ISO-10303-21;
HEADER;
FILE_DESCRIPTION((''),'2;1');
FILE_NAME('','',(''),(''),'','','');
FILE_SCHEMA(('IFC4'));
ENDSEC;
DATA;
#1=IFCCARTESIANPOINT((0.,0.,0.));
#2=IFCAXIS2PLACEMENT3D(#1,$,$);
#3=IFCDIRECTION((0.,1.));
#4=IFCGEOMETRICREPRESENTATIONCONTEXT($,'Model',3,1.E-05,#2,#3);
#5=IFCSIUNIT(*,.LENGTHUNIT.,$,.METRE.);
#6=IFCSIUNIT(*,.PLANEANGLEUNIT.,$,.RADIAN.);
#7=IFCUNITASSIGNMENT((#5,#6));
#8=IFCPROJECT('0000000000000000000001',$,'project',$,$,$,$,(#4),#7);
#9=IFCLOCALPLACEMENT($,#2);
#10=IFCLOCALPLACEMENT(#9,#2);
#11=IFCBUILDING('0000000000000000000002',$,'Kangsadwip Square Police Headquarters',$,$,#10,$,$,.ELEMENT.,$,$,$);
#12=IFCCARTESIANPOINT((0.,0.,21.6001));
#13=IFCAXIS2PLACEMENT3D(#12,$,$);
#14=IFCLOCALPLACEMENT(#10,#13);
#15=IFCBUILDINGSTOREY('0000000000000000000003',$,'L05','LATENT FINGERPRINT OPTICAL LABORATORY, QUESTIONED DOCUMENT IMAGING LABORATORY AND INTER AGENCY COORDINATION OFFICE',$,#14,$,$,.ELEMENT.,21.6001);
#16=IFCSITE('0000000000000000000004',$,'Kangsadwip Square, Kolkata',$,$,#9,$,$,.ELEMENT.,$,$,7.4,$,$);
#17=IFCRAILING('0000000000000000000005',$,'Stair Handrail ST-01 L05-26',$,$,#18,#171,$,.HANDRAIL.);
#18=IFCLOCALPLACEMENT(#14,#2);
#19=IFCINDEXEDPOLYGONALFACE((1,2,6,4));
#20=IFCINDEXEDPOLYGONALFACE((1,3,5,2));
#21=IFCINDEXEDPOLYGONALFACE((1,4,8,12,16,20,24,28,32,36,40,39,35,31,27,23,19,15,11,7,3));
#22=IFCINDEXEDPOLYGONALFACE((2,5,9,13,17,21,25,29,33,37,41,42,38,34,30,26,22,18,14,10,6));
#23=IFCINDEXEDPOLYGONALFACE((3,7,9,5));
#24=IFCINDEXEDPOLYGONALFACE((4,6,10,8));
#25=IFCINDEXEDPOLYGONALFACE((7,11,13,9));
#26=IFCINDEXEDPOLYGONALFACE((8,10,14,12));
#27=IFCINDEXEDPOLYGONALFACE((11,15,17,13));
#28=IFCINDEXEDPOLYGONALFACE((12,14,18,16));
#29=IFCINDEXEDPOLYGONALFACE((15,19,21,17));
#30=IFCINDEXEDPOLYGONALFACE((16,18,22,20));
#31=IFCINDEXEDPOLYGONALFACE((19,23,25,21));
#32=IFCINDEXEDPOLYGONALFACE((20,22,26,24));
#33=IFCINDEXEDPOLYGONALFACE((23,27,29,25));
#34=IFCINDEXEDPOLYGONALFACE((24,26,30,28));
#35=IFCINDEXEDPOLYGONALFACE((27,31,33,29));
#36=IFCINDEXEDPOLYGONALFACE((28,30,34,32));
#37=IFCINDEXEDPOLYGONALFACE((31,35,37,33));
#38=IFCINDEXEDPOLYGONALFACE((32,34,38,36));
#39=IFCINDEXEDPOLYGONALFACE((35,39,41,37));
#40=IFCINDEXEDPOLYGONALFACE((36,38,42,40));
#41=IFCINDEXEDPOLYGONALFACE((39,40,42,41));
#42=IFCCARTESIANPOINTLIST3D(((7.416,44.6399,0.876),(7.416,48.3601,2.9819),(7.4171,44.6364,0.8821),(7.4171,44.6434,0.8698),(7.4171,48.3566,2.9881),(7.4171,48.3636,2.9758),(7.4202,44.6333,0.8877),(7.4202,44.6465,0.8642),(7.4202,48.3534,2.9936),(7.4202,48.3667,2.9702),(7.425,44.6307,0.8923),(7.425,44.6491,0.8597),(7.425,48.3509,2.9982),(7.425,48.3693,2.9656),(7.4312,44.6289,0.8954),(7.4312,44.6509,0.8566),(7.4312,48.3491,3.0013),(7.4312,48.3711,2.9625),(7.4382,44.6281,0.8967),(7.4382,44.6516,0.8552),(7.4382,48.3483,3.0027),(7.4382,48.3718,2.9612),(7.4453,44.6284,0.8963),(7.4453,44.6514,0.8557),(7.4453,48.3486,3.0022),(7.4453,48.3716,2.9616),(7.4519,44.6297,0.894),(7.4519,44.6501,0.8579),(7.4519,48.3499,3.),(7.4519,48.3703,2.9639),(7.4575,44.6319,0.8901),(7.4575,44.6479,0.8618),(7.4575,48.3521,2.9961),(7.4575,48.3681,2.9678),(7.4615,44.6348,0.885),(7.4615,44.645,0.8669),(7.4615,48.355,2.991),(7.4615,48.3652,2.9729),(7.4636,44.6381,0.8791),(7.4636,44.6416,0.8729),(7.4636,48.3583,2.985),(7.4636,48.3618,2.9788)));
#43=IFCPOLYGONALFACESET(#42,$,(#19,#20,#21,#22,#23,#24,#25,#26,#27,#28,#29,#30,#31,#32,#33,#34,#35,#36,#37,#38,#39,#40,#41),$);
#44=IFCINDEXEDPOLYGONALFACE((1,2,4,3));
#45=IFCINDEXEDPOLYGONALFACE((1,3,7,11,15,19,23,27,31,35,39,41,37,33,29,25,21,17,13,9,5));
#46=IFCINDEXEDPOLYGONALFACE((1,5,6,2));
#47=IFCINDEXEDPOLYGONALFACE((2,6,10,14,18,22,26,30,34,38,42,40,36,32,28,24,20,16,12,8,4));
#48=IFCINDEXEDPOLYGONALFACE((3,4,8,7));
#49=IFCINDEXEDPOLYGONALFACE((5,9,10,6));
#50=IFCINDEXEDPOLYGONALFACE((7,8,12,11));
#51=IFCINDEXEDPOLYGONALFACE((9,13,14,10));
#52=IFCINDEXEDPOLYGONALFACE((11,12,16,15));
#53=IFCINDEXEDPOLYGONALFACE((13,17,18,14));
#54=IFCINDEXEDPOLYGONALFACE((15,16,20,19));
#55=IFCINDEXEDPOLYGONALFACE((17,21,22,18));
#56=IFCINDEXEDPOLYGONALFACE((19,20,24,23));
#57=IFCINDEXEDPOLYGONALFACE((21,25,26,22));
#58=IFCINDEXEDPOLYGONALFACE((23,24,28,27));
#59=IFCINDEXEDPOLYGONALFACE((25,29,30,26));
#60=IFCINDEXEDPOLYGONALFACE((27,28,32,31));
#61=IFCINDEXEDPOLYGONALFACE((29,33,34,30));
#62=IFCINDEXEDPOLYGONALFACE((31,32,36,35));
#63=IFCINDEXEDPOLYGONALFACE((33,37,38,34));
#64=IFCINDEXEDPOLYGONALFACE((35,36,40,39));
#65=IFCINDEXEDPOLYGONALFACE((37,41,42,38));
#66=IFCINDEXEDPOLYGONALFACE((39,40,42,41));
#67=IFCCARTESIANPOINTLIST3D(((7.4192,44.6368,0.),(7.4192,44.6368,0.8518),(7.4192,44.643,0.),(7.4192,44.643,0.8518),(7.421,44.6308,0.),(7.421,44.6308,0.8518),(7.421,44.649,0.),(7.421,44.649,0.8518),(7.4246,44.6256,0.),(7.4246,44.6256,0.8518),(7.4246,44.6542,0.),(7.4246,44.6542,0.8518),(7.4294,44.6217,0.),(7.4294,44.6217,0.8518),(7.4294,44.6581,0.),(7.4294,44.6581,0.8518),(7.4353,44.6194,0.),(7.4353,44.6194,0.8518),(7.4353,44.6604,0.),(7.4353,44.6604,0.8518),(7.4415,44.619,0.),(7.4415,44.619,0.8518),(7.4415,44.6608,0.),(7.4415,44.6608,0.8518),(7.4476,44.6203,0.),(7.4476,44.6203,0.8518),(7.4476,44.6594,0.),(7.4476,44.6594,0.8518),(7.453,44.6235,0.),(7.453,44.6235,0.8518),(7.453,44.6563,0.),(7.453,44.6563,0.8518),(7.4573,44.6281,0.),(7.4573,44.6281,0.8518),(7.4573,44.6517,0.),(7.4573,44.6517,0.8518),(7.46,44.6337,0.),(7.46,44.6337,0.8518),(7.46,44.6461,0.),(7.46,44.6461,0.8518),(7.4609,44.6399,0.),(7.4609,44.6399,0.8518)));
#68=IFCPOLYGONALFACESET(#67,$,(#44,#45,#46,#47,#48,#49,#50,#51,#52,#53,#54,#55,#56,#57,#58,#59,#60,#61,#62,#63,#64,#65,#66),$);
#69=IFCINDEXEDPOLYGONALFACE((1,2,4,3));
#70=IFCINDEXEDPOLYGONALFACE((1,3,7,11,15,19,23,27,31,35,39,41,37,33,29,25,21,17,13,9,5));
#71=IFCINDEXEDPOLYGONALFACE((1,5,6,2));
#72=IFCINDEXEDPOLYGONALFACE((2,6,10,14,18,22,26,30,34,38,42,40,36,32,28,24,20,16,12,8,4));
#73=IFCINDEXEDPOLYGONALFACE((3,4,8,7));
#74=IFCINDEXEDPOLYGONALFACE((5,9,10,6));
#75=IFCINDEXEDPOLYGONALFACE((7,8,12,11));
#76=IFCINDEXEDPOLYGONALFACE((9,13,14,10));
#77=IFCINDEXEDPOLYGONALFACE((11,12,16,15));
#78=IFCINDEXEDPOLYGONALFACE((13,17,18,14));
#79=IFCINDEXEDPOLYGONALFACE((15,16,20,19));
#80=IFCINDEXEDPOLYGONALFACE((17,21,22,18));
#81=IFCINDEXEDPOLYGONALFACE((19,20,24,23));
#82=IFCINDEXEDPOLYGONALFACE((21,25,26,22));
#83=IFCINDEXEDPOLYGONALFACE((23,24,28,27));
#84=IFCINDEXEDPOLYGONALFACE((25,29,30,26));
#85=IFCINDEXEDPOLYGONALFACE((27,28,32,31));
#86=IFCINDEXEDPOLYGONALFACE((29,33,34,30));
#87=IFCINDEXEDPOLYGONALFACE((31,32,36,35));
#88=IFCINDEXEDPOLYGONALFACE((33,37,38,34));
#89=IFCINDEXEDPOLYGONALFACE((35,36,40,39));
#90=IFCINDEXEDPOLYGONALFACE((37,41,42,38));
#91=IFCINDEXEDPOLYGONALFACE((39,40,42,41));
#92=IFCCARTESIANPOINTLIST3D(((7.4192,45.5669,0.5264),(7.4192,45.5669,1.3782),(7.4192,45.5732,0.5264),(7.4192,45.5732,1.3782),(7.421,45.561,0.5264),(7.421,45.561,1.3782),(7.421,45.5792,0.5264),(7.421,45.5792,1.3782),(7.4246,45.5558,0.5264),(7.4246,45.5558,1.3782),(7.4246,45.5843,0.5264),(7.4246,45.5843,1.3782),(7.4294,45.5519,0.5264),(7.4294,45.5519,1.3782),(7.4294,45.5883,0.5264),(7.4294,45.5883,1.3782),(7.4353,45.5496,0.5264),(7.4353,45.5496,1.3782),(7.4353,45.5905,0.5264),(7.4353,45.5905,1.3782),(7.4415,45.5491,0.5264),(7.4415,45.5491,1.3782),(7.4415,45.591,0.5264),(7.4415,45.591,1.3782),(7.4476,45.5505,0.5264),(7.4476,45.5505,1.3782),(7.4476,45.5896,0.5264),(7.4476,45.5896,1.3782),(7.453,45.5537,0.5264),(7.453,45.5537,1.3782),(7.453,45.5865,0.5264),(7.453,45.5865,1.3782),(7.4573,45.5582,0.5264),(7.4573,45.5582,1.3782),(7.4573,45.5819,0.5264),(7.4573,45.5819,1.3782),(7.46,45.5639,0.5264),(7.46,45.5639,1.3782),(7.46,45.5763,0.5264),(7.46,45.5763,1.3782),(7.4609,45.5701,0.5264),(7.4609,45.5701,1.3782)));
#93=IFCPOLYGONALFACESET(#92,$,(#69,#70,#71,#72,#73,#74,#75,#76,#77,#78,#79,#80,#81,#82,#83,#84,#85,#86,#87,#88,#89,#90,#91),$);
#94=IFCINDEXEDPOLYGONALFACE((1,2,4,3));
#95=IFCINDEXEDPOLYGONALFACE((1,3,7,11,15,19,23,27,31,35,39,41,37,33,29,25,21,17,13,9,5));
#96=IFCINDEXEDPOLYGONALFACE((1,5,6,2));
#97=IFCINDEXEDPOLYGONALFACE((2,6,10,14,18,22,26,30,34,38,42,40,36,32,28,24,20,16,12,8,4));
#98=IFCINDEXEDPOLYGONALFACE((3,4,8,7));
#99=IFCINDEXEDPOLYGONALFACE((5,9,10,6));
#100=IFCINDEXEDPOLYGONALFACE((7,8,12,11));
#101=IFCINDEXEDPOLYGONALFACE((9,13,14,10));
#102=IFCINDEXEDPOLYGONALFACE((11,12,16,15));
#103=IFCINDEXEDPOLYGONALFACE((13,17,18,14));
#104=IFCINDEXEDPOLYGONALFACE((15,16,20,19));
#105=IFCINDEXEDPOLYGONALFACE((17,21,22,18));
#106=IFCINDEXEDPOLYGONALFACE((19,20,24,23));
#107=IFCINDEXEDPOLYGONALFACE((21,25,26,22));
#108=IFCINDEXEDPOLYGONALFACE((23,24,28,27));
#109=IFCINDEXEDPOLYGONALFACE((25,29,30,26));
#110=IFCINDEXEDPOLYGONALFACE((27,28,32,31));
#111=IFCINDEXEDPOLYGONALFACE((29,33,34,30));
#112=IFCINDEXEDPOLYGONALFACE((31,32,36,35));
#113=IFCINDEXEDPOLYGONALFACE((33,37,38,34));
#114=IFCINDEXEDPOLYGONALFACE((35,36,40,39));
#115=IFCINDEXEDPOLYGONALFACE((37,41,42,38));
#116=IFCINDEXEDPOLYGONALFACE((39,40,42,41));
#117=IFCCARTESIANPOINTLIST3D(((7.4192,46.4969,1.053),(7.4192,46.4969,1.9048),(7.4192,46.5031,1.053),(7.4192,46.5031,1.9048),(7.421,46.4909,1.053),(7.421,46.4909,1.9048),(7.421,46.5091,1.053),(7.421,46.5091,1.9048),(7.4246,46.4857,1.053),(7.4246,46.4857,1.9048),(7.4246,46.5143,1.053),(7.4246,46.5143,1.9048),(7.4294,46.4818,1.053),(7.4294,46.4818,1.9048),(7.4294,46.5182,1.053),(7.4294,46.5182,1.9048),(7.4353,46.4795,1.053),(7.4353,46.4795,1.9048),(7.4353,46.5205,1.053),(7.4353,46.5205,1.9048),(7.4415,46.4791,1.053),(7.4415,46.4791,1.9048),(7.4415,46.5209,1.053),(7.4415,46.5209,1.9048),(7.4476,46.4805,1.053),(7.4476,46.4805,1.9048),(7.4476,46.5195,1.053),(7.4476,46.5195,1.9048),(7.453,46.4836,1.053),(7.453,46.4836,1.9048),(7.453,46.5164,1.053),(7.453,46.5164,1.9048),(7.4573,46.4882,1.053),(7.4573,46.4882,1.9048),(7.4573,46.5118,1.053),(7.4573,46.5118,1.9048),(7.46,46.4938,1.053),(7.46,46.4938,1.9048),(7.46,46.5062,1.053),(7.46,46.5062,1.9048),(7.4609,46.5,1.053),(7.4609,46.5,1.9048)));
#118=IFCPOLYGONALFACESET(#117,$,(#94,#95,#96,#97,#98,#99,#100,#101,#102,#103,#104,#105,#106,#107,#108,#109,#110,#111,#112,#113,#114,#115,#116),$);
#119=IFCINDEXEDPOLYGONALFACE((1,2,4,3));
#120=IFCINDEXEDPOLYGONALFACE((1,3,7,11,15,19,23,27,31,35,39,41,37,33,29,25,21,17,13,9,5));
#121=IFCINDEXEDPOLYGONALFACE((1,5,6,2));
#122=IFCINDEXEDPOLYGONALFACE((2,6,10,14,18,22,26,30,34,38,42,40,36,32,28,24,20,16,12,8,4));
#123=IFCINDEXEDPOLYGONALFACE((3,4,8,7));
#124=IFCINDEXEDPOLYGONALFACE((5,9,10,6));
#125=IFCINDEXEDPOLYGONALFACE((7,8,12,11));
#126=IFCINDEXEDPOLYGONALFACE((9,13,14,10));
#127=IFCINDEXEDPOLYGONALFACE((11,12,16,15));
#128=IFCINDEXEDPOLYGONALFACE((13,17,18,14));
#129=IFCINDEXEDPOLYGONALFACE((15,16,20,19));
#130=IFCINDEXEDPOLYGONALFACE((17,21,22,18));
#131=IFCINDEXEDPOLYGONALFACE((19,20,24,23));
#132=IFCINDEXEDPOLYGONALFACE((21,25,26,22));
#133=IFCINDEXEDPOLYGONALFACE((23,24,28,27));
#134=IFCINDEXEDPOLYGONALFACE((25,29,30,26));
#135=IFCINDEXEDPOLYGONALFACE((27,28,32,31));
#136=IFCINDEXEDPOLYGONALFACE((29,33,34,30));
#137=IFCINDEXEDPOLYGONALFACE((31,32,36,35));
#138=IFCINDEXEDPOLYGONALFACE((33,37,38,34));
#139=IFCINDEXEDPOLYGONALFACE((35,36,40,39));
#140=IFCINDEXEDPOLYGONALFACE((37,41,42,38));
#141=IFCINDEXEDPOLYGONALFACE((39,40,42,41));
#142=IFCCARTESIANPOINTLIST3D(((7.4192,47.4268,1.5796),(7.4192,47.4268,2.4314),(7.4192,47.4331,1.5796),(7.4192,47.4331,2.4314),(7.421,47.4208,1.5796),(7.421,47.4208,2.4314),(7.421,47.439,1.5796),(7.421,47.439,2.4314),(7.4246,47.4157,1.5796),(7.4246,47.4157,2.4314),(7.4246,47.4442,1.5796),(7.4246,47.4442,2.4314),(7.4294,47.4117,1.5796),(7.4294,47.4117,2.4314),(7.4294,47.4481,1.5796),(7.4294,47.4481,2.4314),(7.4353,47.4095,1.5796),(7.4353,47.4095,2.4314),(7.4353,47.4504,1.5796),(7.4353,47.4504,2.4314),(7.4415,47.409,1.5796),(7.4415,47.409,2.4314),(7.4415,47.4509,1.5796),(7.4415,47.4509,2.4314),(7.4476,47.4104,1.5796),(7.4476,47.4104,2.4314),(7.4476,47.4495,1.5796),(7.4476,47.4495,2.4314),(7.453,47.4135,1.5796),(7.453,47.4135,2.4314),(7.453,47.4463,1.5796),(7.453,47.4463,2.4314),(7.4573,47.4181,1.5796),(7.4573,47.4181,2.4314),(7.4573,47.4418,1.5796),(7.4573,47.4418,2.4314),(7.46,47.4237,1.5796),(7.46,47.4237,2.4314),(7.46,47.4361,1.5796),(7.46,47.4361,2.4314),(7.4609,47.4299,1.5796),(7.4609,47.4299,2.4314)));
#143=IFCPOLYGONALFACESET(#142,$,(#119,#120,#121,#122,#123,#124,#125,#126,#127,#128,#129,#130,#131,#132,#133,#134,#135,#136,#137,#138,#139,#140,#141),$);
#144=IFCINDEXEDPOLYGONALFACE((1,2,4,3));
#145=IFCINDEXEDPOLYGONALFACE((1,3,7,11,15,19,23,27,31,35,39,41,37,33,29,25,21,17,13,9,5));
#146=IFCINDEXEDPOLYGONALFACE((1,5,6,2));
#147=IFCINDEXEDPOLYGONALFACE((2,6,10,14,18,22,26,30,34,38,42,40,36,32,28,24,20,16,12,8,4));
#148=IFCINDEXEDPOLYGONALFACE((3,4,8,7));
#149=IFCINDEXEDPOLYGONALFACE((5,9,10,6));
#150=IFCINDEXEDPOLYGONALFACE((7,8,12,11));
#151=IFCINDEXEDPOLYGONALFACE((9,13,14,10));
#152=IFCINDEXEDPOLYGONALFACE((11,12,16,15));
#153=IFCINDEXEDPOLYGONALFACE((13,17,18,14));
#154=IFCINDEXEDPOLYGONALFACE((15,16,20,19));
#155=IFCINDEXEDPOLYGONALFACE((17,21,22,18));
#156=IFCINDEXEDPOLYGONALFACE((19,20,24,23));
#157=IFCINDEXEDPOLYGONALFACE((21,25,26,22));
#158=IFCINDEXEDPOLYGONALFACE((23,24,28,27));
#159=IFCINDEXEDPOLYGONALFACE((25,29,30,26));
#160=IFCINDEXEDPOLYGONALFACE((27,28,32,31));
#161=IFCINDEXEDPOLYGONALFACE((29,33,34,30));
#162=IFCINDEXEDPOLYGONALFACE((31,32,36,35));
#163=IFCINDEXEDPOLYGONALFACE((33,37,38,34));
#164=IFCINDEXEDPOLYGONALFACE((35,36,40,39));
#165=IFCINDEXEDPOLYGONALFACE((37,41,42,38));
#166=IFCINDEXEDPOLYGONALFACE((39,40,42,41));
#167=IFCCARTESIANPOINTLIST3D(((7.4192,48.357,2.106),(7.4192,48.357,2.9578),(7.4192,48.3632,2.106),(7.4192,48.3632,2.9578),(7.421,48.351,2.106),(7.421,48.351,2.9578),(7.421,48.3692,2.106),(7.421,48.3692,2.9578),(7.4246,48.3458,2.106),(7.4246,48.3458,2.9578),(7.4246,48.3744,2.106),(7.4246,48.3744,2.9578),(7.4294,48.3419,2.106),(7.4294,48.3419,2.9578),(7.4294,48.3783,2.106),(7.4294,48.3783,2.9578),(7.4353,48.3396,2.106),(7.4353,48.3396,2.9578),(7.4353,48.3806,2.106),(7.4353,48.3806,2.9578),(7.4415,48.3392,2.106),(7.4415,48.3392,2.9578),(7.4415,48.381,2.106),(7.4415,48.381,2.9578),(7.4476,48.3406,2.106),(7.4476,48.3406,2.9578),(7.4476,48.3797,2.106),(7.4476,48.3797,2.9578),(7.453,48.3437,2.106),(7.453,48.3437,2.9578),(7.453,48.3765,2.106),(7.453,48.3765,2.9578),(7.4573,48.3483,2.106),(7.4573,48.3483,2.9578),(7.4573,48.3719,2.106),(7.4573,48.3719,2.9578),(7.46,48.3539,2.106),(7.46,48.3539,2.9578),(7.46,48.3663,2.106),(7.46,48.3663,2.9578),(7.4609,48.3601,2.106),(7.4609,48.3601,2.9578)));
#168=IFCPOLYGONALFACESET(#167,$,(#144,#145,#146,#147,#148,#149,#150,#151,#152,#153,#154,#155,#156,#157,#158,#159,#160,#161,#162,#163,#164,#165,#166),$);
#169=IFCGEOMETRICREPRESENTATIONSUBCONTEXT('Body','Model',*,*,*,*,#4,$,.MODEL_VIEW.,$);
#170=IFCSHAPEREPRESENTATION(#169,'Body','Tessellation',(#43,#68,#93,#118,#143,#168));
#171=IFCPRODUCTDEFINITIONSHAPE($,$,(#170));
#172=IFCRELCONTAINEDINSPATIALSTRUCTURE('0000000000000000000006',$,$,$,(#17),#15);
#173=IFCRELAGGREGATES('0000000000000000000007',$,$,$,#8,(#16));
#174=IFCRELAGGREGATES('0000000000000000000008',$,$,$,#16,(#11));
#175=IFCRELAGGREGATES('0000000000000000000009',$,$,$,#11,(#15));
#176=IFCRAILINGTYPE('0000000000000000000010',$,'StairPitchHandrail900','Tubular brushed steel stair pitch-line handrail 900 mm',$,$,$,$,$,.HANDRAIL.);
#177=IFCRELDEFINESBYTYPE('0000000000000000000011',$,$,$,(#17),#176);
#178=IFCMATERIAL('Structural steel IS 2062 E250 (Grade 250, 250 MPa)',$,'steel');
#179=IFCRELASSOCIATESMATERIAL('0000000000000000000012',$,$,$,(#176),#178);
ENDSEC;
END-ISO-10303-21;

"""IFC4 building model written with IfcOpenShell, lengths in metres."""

from ifc_helpers import new_model, si_unit, direction, frame, origin, origin_2d, place, context, subcontext, project, spatial, circle, extrude, material, type_object, element, save


model = new_model("IFC4")

# Units and contexts
model_context = context("Model", 3, precision=1e-05, world=origin(), true_north=direction((0.0, 1.0)))
body_context = subcontext(model_context, "Body", "Model", "MODEL_VIEW")
ifc_project = project(units=[si_unit("LENGTHUNIT", "METRE"), si_unit("PLANEANGLEUNIT", "RADIAN")], contexts=[model_context])

# Site, building, storey
site_placement = place(None, origin())
site = spatial("IfcSite", under=ifc_project, at=site_placement, Name="Kangsadwip Square, Kolkata", CompositionType="ELEMENT", RefElevation=7.4)
building_placement = place(site_placement, origin())
building = spatial("IfcBuilding", under=site, at=building_placement, Name="Kangsadwip Square Police Headquarters", CompositionType="ELEMENT")
storey_placement = place(building_placement, frame((0.0, 0.0, 21.6001)))
storey = spatial("IfcBuildingStorey", under=building, at=storey_placement, Name="L05", Description="LATENT FINGERPRINT OPTICAL LABORATORY, QUESTIONED DOCUMENT IMAGING LABORATORY AND INTER AGENCY COORDINATION OFFICE", CompositionType="ELEMENT", Elevation=21.6001)

# Railing
ifc_material_1 = material(Name="Structural steel IS 2062 E250 (Grade 250, 250 MPa)", Category="steel")
railing_type_1 = type_object("IfcRailingType", Name="StairPitchHandrail900", Description="Tubular brushed steel stair pitch-line handrail 900 mm", PredefinedType="HANDRAIL", material=ifc_material_1)
railing_1_placement = place(storey_placement, frame((7.4399, 44.6399, 0.0)))
element("IfcRailing", 1, at=railing_1_placement, inside=storey, type_object=railing_type_1, Name="Stair Handrail ST-01 L05-26", PredefinedType="HANDRAIL", context=body_context, shape_type="SweptSolid", body=[
    extrude(circle(Radius=0.0239, at=origin_2d()), frame((0.0, 0.0, 0.876), z_axis=(0.0, 0.870239, 0.492629), x_axis=(-1.0, 0.0, 0.0)), (0.0, 0.0, 1.0), 4.2749),
    extrude(circle(Radius=0.021, at=origin_2d()), origin(), (0.0, 0.0, 1.0), 0.8518),
    extrude(circle(Radius=0.021, at=origin_2d()), frame((0.0, 0.9302, 0.5264)), (0.0, 0.0, 1.0), 0.8518),
    extrude(circle(Radius=0.021, at=origin_2d()), frame((0.0, 1.8601, 1.053)), (0.0, 0.0, 1.0), 0.8518),
    extrude(circle(Radius=0.021, at=origin_2d()), frame((0.0, 2.79, 1.5796)), (0.0, 0.0, 1.0), 0.8518),
    extrude(circle(Radius=0.021, at=origin_2d()), frame((0.0, 3.7202, 2.106)), (0.0, 0.0, 1.0), 0.8518),
])

save(model, "model.ifc")
